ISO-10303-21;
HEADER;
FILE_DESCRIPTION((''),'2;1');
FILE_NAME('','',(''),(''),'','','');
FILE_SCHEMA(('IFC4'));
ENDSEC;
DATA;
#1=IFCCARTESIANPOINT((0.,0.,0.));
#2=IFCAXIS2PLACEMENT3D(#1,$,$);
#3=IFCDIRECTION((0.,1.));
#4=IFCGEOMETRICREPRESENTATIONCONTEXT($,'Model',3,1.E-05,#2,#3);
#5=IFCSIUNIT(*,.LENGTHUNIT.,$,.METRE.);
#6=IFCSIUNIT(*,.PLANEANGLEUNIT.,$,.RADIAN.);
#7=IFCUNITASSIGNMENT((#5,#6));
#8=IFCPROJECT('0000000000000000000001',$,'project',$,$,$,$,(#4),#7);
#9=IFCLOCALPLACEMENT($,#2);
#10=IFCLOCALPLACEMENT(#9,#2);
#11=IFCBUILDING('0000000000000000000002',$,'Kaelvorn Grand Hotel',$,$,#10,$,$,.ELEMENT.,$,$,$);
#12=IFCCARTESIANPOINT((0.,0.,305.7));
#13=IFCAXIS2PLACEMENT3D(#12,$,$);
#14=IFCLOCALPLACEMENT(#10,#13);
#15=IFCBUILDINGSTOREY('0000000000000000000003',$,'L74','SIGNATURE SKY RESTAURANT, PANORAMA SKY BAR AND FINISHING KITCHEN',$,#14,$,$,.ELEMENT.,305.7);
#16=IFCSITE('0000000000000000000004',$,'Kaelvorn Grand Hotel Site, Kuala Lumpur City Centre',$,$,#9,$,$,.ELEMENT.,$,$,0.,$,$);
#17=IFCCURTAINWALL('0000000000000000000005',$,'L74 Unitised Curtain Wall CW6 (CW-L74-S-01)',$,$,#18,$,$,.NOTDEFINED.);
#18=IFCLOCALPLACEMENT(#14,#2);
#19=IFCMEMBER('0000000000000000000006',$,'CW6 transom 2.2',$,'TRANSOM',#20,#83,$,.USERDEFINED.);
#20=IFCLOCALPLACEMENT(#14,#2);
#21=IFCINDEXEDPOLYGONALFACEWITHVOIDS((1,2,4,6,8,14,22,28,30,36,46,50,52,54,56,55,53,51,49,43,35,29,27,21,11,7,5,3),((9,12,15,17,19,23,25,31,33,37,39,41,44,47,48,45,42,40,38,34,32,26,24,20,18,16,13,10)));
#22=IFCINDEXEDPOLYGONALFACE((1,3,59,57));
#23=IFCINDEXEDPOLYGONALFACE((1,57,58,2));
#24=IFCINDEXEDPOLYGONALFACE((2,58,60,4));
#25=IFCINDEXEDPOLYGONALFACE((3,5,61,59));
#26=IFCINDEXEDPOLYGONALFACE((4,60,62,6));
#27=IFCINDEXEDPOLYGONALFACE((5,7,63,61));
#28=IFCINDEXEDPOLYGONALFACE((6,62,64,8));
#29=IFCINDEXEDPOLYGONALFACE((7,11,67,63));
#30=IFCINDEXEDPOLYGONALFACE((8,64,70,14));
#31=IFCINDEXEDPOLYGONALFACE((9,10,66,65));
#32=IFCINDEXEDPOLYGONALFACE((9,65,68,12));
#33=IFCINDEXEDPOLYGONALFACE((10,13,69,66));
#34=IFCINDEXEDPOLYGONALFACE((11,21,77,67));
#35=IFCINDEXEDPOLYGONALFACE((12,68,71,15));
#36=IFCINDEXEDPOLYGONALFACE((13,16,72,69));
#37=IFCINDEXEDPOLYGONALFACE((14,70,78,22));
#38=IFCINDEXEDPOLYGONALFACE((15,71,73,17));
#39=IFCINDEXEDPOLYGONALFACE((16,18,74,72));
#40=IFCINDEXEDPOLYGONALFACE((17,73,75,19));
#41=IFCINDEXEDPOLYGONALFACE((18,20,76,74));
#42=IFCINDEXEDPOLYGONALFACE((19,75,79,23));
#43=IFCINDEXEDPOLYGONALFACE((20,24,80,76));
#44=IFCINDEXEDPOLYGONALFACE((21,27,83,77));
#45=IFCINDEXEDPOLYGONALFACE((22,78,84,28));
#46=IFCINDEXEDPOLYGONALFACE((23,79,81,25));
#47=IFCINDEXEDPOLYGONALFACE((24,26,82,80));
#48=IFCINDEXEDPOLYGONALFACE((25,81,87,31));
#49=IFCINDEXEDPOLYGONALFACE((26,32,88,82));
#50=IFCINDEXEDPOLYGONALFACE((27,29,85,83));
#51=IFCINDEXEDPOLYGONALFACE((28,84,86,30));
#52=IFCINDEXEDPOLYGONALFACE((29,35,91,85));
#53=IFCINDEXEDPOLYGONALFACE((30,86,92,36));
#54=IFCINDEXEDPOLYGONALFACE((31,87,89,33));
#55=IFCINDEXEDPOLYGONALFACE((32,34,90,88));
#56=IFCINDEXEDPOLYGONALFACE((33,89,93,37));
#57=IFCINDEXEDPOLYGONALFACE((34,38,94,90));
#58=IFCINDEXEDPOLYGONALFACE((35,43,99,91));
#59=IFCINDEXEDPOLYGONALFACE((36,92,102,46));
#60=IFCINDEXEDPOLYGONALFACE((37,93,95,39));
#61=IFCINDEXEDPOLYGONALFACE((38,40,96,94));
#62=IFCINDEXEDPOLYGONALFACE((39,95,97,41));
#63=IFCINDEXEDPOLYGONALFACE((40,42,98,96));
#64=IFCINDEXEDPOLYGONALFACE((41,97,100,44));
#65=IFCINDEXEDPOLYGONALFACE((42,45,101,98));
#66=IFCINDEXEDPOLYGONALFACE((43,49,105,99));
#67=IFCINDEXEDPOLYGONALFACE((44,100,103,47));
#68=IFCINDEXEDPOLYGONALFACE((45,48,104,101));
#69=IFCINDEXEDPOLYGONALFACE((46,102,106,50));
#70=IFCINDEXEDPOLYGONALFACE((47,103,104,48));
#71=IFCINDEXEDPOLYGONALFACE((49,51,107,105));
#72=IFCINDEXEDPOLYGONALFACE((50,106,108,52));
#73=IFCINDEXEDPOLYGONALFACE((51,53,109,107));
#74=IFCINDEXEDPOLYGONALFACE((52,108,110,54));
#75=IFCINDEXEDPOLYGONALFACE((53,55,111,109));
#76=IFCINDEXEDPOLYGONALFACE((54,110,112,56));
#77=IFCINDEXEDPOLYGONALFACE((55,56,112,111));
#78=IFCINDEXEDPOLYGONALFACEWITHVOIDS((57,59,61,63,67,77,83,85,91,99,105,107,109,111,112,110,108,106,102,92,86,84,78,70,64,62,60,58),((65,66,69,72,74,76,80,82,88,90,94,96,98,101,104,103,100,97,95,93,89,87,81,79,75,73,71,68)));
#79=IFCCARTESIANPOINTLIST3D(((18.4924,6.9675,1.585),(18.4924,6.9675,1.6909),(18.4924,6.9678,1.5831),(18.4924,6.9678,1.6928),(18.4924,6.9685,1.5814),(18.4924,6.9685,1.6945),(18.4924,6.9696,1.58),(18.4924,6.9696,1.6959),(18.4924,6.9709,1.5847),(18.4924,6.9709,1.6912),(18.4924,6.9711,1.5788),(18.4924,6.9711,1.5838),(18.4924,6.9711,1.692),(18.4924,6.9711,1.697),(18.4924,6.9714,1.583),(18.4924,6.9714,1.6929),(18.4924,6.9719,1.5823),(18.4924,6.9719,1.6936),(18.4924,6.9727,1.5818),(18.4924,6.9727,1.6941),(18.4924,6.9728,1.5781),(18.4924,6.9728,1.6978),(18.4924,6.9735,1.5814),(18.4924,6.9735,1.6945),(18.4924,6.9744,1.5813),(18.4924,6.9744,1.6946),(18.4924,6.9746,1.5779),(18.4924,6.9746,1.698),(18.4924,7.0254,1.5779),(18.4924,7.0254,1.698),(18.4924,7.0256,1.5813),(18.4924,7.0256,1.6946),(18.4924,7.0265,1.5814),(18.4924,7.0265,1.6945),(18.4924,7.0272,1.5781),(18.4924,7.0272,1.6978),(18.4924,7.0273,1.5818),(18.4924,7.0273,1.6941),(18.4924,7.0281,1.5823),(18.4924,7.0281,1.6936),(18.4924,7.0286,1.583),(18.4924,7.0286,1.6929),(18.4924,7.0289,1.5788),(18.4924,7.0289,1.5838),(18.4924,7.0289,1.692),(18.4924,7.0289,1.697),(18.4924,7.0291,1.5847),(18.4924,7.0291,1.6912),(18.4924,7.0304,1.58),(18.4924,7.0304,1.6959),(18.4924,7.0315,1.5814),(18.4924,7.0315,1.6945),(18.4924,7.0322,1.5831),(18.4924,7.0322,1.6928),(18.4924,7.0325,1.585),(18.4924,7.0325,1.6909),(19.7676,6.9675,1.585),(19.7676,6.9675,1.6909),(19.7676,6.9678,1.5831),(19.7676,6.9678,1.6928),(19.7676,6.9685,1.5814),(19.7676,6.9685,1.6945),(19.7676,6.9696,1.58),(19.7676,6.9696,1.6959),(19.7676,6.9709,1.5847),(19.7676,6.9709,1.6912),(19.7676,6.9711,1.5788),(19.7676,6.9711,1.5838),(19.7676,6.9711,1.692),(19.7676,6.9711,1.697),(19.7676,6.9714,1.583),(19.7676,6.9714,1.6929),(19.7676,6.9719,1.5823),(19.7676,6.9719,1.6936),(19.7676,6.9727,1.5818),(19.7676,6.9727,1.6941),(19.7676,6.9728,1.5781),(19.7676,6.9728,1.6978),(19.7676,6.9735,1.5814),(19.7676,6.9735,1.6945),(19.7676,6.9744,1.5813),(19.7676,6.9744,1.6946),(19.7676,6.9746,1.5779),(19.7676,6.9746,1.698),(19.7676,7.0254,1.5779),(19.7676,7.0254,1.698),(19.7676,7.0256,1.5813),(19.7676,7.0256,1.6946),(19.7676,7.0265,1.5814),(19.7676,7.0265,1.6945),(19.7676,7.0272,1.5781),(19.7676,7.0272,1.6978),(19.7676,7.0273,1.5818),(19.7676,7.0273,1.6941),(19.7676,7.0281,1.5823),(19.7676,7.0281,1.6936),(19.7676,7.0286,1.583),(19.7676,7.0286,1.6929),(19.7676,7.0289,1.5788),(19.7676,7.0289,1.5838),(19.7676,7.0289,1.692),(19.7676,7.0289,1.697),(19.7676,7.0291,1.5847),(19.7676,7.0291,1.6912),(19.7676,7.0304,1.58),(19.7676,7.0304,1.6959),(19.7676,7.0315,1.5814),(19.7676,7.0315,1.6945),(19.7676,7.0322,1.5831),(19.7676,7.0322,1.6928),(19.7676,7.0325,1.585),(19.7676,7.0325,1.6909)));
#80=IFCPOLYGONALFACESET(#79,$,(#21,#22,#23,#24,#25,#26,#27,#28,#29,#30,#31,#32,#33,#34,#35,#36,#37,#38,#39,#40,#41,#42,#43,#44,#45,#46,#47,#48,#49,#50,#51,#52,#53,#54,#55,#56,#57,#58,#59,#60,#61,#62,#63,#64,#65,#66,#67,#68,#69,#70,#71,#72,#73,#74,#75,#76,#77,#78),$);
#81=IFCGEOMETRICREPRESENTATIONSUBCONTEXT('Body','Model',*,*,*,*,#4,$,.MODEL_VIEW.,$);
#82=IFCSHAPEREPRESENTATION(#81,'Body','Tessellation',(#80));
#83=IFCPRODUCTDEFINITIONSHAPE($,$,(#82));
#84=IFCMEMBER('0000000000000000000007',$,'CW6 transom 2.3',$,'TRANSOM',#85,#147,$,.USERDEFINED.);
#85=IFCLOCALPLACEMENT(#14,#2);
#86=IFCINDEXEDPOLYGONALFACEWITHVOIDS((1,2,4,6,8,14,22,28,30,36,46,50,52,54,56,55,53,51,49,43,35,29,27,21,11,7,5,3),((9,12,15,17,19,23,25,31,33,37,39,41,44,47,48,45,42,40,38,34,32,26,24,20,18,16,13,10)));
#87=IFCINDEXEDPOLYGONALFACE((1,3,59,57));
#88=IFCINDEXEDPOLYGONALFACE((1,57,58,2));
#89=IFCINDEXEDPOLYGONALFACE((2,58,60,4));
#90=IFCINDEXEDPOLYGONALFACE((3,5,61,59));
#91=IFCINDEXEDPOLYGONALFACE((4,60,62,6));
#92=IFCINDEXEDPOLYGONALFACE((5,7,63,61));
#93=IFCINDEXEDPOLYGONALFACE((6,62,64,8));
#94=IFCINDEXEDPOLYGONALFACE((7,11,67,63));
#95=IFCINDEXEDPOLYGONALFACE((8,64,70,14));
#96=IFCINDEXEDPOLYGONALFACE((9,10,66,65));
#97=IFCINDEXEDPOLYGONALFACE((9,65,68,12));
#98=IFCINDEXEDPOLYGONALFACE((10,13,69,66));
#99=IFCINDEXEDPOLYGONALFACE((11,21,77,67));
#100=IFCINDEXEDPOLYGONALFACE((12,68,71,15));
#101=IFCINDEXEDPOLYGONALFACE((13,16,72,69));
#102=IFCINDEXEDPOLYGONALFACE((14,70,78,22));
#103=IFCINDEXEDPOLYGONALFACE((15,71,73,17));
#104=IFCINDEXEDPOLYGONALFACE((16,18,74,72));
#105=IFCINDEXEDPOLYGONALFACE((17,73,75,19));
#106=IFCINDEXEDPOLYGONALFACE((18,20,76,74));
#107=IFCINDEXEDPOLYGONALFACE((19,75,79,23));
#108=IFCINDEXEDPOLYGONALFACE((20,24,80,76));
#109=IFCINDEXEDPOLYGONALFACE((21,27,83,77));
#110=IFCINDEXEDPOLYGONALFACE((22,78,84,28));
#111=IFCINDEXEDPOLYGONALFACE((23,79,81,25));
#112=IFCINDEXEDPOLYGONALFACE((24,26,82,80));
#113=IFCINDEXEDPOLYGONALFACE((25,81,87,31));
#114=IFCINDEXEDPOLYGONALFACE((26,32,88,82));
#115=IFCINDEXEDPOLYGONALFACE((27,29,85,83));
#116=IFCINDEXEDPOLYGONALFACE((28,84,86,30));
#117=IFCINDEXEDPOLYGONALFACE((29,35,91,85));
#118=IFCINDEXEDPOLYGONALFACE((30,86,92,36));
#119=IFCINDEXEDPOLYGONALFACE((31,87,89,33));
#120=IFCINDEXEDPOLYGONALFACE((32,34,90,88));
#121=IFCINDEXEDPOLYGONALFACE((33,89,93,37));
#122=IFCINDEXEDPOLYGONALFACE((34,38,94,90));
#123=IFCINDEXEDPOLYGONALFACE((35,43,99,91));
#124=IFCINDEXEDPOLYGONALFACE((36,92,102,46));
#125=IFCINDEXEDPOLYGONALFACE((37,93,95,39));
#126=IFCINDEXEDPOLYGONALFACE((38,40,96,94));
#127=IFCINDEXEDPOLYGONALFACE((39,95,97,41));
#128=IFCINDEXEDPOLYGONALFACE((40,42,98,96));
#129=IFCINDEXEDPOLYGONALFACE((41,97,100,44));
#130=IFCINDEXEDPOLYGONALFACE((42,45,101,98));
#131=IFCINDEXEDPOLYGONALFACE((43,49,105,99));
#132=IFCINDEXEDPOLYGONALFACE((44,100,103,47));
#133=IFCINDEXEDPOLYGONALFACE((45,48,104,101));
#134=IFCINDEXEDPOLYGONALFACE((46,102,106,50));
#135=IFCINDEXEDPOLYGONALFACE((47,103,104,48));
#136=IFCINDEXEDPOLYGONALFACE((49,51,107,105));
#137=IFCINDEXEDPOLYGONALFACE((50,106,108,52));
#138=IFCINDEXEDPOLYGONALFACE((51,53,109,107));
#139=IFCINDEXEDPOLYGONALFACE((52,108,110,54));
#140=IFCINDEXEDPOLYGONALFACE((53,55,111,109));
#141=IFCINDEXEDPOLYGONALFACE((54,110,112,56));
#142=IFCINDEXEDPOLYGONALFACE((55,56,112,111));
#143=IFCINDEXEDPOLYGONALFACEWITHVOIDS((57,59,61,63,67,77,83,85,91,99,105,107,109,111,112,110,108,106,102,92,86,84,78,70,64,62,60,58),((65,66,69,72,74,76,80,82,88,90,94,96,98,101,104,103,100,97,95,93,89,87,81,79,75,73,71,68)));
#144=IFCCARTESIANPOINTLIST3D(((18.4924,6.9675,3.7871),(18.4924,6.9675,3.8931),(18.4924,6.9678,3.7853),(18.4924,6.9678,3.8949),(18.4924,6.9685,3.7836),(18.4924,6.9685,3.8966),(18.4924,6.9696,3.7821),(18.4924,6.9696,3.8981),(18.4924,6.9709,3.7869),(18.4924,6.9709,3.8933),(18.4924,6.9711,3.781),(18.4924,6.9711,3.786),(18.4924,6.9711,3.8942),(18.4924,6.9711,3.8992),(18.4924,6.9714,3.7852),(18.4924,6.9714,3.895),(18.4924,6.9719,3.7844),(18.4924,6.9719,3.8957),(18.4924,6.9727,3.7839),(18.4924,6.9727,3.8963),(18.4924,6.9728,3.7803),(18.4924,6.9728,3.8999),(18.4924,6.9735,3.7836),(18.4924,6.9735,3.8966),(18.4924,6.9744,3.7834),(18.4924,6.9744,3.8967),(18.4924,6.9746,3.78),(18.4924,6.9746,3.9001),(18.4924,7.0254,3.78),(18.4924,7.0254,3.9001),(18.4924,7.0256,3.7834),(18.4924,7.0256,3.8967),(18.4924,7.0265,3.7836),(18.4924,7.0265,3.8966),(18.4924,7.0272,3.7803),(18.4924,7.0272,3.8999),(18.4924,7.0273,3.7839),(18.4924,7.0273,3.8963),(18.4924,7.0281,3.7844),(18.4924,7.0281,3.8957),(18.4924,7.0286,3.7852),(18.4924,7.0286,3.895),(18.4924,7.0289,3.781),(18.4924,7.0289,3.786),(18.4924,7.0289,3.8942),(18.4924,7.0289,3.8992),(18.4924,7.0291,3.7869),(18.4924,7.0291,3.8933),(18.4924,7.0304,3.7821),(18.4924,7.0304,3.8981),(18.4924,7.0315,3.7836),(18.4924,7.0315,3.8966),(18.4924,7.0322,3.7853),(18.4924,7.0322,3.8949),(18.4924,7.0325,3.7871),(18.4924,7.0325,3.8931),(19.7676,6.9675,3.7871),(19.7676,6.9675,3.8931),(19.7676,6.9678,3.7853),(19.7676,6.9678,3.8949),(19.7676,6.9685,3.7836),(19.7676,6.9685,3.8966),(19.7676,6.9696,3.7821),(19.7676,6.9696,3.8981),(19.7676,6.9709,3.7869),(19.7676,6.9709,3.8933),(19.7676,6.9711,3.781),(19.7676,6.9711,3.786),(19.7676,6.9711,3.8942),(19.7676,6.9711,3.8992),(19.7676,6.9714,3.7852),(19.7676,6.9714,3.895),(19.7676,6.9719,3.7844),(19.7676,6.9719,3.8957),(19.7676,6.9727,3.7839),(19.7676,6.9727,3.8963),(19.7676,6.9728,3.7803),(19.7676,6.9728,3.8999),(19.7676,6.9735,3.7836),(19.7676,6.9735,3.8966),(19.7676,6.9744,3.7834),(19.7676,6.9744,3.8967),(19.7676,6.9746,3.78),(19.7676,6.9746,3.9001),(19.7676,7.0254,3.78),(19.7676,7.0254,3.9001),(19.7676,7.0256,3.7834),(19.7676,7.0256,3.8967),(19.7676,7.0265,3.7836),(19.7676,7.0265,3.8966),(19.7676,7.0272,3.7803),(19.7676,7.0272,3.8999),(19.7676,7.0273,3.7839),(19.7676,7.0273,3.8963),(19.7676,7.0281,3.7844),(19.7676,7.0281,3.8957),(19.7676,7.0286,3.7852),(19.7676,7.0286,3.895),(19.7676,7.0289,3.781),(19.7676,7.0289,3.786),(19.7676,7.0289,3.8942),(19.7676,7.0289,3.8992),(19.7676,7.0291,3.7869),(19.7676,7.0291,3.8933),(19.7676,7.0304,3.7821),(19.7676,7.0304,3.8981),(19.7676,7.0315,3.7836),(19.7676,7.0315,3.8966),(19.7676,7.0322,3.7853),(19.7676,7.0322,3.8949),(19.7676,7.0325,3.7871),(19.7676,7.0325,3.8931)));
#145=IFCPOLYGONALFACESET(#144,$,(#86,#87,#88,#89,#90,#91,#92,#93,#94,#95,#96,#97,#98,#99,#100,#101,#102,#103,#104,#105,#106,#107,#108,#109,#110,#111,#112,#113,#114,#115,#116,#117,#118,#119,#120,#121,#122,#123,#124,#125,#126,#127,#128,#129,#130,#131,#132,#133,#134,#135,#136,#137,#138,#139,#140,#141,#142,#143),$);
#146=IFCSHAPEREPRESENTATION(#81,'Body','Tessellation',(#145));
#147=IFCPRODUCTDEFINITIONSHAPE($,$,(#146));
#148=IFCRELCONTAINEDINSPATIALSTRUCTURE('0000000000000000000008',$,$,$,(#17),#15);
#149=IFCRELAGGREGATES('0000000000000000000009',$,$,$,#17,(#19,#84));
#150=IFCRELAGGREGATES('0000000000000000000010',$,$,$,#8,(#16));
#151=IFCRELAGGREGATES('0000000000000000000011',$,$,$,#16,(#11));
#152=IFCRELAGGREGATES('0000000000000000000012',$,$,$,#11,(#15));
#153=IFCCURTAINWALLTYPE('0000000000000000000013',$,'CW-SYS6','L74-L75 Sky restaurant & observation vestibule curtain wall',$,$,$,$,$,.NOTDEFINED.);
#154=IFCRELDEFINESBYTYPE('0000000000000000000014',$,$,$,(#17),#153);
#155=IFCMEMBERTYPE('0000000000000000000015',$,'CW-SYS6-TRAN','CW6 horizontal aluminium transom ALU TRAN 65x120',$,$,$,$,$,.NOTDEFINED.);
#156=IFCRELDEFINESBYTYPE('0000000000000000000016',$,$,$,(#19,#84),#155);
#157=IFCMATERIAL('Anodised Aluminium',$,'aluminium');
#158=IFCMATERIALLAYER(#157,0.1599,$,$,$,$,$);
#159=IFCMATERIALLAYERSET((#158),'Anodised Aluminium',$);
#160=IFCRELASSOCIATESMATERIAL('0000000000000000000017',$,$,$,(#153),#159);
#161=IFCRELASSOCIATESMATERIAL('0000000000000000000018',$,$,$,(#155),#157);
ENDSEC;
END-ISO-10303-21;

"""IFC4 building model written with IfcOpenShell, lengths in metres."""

from ifc_helpers import new_model, si_unit, direction, frame, origin, origin_2d, place, context, subcontext, project, spatial, hollow_rectangle, extrude, material, layer, layer_set, material_profile, profile_set, type_object, element, aggregate, save


model = new_model("IFC4")

# Units and contexts
model_context = context("Model", 3, precision=1e-05, world=origin(), true_north=direction((0.0, 1.0)))
body_context = subcontext(model_context, "Body", "Model", "MODEL_VIEW")
ifc_project = project(units=[si_unit("LENGTHUNIT", "METRE"), si_unit("PLANEANGLEUNIT", "RADIAN")], contexts=[model_context])

# Site, building, storey
site_placement = place(None, origin())
site = spatial("IfcSite", under=ifc_project, at=site_placement, Name="Kaelvorn Grand Hotel Site, Kuala Lumpur City Centre", CompositionType="ELEMENT", RefElevation=0.0)
building_placement = place(site_placement, origin())
building = spatial("IfcBuilding", under=site, at=building_placement, Name="Kaelvorn Grand Hotel", CompositionType="ELEMENT")
storey_placement = place(building_placement, frame((0.0, 0.0, 305.7)))
storey = spatial("IfcBuildingStorey", under=building, at=storey_placement, Name="L74", Description="SIGNATURE SKY RESTAURANT, PANORAMA SKY BAR AND FINISHING KITCHEN", CompositionType="ELEMENT", Elevation=305.7)

# Curtain wall, members
ifc_material_1 = material(Name="Anodised Aluminium", Category="aluminium")
ifc_layer_1 = layer(ifc_material_1, 0.1599)
ifc_layer_set_1 = layer_set([ifc_layer_1], Name="Anodised Aluminium")
curtain_wall_type = type_object("IfcCurtainWallType", Name="CW-SYS6", Description="L74-L75 Sky restaurant & observation vestibule curtain wall", PredefinedType="NOTDEFINED", material=ifc_layer_set_1)
curtain_wall_placement = place(storey_placement, origin())
curtain_wall = element("IfcCurtainWall", 1, at=curtain_wall_placement, inside=storey, type_object=curtain_wall_type, Name="L74 Unitised Curtain Wall CW6 (CW-L74-S-01)", PredefinedType="NOTDEFINED")
ifc_material_profile_1 = material_profile(ifc_material_1, hollow_rectangle(XDim=0.0649, YDim=0.1201, WallThickness=0.0034, InnerFilletRadius=0.0034, OuterFilletRadius=0.0071, at=origin_2d()), Name="ALU TRAN 65x120")
ifc_profile_set_1 = profile_set([ifc_material_profile_1], Name="Anodised Aluminium")
member_type_1 = type_object("IfcMemberType", Name="CW-SYS6-TRAN", Description="CW6 horizontal aluminium transom ALU TRAN 65x120", PredefinedType="NOTDEFINED", material=ifc_profile_set_1)
member_1_placement = place(storey_placement, frame((18.4924, 7.0, 1.6379), z_axis=(1.0, 0.0, 0.0), x_axis=(0.0, 1.0, 0.0)))
member_1 = element("IfcMember", 2, at=member_1_placement, type_object=member_type_1, Name="CW6 transom 2.2", ObjectType="TRANSOM", PredefinedType="USERDEFINED", context=body_context, shape_type="SweptSolid", body=[
    extrude(hollow_rectangle(XDim=0.0649, YDim=0.1201, WallThickness=0.0034, InnerFilletRadius=0.0034, OuterFilletRadius=0.0071, at=origin_2d()), origin(), (0.0, 0.0, 1.0), 1.2751),
])
member_2_placement = place(storey_placement, frame((18.4924, 7.0, 3.8401), z_axis=(1.0, 0.0, 0.0), x_axis=(0.0, 1.0, 0.0)))
member_2 = element("IfcMember", 3, at=member_2_placement, type_object=member_type_1, Name="CW6 transom 2.3", ObjectType="TRANSOM", PredefinedType="USERDEFINED", context=body_context, shape_type="SweptSolid", body=[
    extrude(hollow_rectangle(XDim=0.0649, YDim=0.1201, WallThickness=0.0034, InnerFilletRadius=0.0034, OuterFilletRadius=0.0071, at=origin_2d()), origin(), (0.0, 0.0, 1.0), 1.2751),
])
aggregate(curtain_wall, [member_1, member_2])

save(model, "model.ifc")
